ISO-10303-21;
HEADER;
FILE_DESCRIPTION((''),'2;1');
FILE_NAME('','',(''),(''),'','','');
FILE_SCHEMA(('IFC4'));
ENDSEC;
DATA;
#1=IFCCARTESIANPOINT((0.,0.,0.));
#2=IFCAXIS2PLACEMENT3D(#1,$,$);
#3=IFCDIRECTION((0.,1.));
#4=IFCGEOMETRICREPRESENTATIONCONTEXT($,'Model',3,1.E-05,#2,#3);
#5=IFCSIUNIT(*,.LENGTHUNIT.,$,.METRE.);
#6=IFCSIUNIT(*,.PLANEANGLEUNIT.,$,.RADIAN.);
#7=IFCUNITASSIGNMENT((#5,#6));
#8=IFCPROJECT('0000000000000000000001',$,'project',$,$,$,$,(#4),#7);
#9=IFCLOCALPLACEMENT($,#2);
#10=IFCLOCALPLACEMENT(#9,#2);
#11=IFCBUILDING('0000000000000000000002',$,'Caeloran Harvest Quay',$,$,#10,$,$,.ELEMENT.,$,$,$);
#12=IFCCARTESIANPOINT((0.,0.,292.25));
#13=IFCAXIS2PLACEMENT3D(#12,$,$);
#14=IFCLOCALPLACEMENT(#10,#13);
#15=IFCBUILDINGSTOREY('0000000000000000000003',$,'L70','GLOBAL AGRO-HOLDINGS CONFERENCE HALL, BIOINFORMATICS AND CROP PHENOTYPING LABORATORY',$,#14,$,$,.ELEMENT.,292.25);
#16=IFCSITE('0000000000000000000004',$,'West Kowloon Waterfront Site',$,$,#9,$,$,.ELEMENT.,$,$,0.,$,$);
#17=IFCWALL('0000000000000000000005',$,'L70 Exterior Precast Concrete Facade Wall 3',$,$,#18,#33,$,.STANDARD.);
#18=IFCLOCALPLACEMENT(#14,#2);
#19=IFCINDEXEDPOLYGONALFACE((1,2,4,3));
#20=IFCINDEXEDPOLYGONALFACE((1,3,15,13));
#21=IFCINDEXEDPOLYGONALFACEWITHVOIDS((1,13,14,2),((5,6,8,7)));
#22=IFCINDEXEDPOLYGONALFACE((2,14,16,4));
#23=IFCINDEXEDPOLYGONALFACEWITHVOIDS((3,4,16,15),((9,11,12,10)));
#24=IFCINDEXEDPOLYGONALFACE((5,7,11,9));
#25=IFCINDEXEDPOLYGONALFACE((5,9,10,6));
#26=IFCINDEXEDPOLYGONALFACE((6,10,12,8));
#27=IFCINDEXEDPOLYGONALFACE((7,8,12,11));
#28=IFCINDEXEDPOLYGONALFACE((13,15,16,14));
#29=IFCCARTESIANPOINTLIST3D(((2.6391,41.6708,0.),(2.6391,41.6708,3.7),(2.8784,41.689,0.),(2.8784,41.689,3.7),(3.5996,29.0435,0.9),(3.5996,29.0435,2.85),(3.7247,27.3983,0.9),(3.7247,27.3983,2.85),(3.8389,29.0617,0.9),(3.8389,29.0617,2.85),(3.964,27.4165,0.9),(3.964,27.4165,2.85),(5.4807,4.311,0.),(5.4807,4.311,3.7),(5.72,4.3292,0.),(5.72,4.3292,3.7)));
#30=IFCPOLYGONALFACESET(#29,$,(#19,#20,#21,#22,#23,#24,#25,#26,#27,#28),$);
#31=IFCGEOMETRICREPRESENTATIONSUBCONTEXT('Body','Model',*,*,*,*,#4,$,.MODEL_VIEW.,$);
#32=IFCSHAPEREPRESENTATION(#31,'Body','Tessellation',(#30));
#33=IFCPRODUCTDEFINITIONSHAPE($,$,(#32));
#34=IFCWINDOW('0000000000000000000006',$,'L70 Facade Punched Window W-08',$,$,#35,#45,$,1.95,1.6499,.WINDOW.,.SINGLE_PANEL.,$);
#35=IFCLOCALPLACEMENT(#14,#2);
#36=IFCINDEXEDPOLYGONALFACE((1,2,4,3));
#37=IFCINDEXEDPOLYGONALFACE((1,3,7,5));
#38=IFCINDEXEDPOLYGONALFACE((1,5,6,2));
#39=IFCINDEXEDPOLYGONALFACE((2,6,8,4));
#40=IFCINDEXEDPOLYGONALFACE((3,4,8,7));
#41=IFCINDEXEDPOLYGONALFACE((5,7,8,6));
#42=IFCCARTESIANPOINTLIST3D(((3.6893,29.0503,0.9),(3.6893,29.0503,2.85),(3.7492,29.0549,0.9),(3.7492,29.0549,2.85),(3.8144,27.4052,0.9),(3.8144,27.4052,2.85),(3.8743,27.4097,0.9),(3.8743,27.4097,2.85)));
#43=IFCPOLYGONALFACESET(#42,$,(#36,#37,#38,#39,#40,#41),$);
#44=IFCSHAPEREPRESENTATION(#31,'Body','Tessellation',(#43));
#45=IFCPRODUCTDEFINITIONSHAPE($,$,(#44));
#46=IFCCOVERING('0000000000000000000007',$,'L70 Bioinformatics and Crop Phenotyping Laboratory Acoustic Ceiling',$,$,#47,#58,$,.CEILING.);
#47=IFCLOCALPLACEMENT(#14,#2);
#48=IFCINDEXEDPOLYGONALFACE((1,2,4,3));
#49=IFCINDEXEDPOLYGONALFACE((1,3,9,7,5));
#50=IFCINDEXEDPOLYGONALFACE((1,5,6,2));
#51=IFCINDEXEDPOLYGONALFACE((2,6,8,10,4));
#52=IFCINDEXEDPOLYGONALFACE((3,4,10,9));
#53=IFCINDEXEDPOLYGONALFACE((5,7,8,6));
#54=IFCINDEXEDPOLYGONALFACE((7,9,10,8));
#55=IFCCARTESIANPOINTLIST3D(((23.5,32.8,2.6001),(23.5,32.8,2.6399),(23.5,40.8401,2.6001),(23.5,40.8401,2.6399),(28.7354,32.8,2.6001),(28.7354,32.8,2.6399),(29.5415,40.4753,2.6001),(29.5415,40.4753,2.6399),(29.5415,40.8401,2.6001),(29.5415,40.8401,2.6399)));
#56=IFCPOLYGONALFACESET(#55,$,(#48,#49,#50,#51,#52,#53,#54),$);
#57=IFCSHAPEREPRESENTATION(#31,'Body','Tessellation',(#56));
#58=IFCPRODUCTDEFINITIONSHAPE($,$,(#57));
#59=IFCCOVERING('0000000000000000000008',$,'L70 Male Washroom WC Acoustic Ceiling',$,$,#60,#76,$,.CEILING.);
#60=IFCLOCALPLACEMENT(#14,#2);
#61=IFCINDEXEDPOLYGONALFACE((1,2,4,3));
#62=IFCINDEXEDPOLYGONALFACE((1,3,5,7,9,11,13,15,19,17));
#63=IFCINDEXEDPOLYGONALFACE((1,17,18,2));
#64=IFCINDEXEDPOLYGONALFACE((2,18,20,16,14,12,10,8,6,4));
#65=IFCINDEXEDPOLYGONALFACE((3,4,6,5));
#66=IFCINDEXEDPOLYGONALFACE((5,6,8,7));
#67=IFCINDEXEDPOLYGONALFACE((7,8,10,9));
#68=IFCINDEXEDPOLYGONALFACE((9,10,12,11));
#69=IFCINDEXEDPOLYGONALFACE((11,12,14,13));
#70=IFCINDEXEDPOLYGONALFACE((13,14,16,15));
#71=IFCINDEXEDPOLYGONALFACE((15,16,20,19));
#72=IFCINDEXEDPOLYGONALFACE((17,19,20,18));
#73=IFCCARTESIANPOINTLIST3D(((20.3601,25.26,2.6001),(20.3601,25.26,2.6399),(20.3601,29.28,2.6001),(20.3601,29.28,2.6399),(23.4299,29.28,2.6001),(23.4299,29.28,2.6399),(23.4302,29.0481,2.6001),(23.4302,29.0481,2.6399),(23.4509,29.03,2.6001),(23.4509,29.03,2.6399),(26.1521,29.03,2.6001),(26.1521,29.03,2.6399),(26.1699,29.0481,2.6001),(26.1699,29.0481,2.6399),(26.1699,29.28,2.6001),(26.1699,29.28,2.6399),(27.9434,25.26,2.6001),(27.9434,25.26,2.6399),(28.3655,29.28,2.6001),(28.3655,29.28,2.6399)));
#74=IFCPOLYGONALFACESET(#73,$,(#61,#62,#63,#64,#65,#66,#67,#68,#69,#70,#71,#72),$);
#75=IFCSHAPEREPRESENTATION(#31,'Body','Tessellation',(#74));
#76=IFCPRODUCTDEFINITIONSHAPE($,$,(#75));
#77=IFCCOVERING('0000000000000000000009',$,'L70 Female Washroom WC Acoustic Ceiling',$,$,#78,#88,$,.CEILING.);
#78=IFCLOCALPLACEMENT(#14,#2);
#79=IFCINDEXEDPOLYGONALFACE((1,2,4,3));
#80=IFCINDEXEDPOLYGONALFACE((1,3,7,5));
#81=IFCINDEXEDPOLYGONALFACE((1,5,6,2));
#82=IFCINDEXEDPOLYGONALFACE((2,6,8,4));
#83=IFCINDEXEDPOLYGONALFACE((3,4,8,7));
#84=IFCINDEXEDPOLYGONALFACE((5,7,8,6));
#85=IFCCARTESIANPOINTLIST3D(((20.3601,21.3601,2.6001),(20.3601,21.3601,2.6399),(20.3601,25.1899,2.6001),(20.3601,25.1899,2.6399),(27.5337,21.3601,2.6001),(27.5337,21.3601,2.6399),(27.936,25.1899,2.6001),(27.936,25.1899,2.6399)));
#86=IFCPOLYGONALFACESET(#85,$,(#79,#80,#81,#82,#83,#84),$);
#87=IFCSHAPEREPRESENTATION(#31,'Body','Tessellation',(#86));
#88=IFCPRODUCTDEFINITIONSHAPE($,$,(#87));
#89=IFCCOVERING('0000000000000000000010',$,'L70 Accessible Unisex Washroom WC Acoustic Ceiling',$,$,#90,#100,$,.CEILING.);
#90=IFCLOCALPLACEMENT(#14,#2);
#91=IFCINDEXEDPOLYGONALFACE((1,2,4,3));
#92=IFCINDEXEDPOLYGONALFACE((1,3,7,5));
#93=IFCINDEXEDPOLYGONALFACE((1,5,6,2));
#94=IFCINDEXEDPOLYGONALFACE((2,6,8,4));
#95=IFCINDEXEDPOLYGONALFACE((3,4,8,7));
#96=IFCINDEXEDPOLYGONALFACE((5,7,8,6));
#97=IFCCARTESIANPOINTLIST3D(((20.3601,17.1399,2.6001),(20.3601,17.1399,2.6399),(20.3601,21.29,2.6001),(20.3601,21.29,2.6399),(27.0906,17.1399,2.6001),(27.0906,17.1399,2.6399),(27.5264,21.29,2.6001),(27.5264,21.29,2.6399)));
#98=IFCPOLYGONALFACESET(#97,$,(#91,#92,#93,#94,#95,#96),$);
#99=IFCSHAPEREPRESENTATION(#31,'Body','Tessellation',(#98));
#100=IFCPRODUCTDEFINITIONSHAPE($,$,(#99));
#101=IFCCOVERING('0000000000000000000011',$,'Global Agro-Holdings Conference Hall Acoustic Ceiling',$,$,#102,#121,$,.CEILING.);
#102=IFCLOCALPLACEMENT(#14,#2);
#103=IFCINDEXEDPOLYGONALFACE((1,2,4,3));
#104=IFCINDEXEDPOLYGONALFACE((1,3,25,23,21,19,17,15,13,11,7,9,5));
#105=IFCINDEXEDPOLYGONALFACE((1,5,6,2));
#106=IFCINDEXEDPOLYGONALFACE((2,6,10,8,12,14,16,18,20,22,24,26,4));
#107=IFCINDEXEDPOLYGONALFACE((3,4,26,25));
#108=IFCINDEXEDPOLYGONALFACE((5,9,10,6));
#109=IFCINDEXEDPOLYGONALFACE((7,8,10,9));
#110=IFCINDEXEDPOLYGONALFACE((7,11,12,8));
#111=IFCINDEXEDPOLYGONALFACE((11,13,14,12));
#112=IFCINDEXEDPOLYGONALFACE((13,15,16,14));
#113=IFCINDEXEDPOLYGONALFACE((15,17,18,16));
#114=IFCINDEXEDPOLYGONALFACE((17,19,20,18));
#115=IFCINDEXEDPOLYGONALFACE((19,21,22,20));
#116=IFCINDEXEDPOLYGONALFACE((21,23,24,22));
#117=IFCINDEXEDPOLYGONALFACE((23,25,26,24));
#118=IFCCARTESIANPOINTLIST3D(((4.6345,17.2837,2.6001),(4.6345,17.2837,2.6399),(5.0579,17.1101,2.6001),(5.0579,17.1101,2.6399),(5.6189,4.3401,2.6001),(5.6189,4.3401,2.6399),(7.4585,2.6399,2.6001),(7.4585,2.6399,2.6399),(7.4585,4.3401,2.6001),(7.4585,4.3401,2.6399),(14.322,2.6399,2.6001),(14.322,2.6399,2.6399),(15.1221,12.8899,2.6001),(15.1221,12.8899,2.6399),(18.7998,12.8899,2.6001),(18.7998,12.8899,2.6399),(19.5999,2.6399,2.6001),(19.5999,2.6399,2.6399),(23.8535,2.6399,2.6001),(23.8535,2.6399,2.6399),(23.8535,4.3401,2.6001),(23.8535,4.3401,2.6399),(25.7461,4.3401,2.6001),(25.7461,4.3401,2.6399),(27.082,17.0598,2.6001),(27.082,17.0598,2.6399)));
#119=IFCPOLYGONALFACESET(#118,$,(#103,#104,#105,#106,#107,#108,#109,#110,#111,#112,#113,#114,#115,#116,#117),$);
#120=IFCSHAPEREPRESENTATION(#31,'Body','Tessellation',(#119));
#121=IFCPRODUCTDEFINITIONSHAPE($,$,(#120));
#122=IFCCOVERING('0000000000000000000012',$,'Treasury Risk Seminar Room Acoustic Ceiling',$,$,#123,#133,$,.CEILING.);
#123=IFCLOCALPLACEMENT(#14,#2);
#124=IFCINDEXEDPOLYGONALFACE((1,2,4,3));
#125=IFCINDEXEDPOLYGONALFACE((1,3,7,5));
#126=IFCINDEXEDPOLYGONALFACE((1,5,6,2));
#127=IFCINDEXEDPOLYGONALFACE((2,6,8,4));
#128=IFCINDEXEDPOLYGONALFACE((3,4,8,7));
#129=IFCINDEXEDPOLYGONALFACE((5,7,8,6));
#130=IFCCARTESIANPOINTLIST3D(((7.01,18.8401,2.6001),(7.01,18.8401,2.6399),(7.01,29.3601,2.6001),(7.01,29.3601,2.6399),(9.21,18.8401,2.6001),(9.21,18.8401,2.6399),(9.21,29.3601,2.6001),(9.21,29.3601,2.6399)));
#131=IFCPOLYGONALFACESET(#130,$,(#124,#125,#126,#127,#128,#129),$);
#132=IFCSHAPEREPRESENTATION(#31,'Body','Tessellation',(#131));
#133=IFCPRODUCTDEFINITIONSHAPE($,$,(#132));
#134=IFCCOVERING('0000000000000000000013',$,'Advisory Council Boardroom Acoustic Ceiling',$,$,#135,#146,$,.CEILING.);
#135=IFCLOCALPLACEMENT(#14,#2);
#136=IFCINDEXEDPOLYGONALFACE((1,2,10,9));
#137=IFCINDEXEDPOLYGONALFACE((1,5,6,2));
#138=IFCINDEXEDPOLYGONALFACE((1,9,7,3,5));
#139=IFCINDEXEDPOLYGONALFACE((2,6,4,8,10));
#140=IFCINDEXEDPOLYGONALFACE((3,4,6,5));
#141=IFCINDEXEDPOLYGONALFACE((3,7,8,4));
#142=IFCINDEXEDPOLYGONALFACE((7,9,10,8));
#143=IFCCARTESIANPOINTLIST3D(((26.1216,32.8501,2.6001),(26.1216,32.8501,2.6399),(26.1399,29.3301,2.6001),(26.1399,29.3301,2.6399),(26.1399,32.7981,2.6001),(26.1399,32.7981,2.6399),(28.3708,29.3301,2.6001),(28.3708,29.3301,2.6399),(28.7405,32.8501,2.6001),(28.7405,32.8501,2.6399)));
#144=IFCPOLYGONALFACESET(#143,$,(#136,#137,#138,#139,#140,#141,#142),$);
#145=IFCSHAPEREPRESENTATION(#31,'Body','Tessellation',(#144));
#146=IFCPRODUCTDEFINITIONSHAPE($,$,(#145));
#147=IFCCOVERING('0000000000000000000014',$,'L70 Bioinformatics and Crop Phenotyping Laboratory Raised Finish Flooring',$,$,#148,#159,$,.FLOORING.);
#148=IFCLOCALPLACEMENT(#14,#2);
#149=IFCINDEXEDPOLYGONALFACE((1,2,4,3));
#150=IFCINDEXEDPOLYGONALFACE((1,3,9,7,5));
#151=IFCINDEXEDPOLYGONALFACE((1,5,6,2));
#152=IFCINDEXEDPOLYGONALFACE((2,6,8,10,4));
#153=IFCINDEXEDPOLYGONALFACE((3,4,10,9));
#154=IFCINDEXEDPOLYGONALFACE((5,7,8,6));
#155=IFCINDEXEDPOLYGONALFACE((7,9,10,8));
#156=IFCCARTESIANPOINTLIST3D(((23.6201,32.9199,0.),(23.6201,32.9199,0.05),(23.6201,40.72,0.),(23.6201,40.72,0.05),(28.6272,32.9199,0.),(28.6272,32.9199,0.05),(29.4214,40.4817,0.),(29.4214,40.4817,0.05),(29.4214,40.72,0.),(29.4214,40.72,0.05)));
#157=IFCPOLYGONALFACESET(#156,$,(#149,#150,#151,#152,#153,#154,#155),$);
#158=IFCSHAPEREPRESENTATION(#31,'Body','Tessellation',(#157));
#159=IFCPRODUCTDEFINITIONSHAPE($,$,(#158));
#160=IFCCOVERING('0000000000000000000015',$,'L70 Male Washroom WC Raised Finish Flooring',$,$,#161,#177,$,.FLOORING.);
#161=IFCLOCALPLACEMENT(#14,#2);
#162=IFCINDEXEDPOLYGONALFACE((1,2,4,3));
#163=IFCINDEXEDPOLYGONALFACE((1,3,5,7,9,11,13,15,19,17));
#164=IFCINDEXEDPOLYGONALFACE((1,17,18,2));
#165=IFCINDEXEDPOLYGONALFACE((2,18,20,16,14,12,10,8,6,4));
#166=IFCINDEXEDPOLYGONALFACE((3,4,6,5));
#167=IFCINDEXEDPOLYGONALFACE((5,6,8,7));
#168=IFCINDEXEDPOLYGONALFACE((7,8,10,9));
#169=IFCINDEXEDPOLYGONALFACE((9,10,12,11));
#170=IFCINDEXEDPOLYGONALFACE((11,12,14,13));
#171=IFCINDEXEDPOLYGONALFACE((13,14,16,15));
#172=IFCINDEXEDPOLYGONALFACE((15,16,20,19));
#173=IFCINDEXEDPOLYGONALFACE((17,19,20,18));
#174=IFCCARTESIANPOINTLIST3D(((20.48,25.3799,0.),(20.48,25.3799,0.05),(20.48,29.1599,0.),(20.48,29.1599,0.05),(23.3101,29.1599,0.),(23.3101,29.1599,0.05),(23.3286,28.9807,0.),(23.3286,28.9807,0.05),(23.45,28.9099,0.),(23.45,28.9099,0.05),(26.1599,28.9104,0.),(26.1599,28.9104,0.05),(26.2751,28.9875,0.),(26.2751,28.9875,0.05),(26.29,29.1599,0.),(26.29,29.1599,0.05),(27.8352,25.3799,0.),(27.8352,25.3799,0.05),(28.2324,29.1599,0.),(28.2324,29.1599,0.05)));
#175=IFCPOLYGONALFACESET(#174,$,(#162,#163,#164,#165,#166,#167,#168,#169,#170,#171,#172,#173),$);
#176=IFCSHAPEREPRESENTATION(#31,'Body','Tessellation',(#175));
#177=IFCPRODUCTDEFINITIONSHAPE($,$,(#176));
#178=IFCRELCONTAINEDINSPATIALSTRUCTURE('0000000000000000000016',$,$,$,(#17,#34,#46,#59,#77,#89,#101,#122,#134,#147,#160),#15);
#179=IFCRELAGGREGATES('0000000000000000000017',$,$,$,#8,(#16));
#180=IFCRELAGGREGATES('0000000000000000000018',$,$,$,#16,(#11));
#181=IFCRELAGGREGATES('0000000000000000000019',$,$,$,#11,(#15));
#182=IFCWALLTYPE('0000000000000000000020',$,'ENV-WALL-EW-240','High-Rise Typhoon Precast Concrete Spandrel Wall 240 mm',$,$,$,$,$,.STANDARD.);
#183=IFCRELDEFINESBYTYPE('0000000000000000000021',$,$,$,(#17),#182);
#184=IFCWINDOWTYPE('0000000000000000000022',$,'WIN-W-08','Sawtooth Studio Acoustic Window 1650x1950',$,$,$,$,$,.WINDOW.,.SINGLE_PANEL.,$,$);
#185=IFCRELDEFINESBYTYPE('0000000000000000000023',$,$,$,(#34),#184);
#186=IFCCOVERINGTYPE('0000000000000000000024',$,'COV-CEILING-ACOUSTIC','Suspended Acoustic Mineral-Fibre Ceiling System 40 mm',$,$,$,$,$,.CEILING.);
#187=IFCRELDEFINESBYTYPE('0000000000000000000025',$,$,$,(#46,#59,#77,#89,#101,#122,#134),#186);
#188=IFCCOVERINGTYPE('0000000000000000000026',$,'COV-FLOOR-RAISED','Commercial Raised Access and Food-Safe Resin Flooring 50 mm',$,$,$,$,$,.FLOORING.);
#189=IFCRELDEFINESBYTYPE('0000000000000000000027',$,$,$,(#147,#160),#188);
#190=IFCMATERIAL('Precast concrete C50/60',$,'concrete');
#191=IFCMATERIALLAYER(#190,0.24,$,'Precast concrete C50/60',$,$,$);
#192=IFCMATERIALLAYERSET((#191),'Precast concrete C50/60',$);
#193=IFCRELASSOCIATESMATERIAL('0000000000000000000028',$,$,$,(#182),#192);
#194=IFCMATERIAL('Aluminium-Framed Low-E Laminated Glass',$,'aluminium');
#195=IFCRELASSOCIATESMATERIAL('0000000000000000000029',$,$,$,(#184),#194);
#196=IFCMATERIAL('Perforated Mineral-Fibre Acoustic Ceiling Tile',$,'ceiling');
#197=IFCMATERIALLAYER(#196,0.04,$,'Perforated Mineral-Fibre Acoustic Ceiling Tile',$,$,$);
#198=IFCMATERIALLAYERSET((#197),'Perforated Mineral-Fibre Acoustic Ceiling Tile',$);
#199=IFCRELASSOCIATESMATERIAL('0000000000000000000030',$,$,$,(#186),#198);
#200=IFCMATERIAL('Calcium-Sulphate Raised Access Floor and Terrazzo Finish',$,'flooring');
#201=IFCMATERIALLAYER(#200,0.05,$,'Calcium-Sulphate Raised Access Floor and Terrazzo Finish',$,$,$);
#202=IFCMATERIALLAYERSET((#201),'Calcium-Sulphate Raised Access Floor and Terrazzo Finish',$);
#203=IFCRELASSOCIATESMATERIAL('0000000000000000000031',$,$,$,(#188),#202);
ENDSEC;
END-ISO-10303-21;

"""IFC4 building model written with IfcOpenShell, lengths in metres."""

from ifc_helpers import new_model, si_unit, direction, frame, frame_2d, origin, place, context, subcontext, project, spatial, polyline, rectangle, outline, extrude, material, layer, layer_set, type_object, element, fill, save


model = new_model("IFC4")

# Units and contexts
model_context = context("Model", 3, precision=1e-05, world=origin(), true_north=direction((0.0, 1.0)))
body_context = subcontext(model_context, "Body", "Model", "MODEL_VIEW")
ifc_project = project(units=[si_unit("LENGTHUNIT", "METRE"), si_unit("PLANEANGLEUNIT", "RADIAN")], contexts=[model_context])

# Site, building, storey
site_placement = place(None, origin())
site = spatial("IfcSite", under=ifc_project, at=site_placement, Name="West Kowloon Waterfront Site", CompositionType="ELEMENT", RefElevation=0.0)
building_placement = place(site_placement, origin())
building = spatial("IfcBuilding", under=site, at=building_placement, Name="Caeloran Harvest Quay", CompositionType="ELEMENT")
storey_placement = place(building_placement, frame((0.0, 0.0, 292.25)))
storey = spatial("IfcBuildingStorey", under=building, at=storey_placement, Name="L70", Description="GLOBAL AGRO-HOLDINGS CONFERENCE HALL, BIOINFORMATICS AND CROP PHENOTYPING LABORATORY", CompositionType="ELEMENT", Elevation=292.25)

# Shared definitions
ifc_material_1 = material(Name="Precast concrete C50/60", Category="concrete")
ifc_layer_1 = layer(ifc_material_1, 0.24, Name="Precast concrete C50/60")
ifc_layer_set_1 = layer_set([ifc_layer_1], Name="Precast concrete C50/60")
wall_type = type_object("IfcWallType", Name="ENV-WALL-EW-240", Description="High-Rise Typhoon Precast Concrete Spandrel Wall 240 mm", PredefinedType="STANDARD", material=ifc_layer_set_1)

# Wall, opening, window
wall_1_placement = place(storey_placement, frame((5.6003, 4.3201, 0.0), z_axis=(0.0, 0.0, 1.0), x_axis=(-0.07584, 0.99712, 0.0)))
wall_1 = element("IfcWall", 1, at=wall_1_placement, inside=storey, type_object=wall_type, Name="L70 Exterior Precast Concrete Facade Wall 3", PredefinedType="STANDARD", context=body_context, shape_type="SweptSolid", body=[
    extrude(rectangle(XDim=37.4678, YDim=0.24, at=frame_2d((18.7339, 0.0))), origin(), (0.0, 0.0, 1.0), 3.7),
])
opening_placement = place(wall_1_placement, frame((23.1541, 0.0, 0.8999)))
opening = element("IfcOpeningElement", 2, at=opening_placement, cuts=wall_1, PredefinedType="OPENING", context=body_context, shape_type="SweptSolid", body=[
    extrude(rectangle(XDim=1.6499, YDim=1.95, at=frame_2d((0.825, 0.9751))), frame((0.0, 0.1299, 0.0), z_axis=(0.0, -1.0, 0.0), x_axis=(1.0, 0.0, 0.0)), (0.0, 0.0, 1.0), 0.26),
])
ifc_material_2 = material(Name="Aluminium-Framed Low-E Laminated Glass", Category="aluminium")
window_type = type_object("IfcWindowType", Name="WIN-W-08", Description="Sawtooth Studio Acoustic Window 1650x1950", PartitioningType="SINGLE_PANEL", PredefinedType="WINDOW", material=ifc_material_2)
window_placement = place(opening_placement, origin())
window = element("IfcWindow", 3, at=window_placement, inside=storey, type_object=window_type, Name="L70 Facade Punched Window W-08", OverallHeight=1.95, OverallWidth=1.6499, PartitioningType="SINGLE_PANEL", PredefinedType="WINDOW", context=body_context, shape_type="SweptSolid", body=[
    extrude(rectangle(XDim=1.6499, YDim=1.95, at=frame_2d((0.825, 0.9751))), frame((0.0, 0.03, 0.0), z_axis=(0.0, -1.0, 0.0), x_axis=(1.0, 0.0, 0.0)), (0.0, 0.0, 1.0), 0.0601),
])
fill(opening, window)

# Coverings
ifc_material_3 = material(Name="Perforated Mineral-Fibre Acoustic Ceiling Tile", Category="ceiling")
ifc_layer_2 = layer(ifc_material_3, 0.04, Name="Perforated Mineral-Fibre Acoustic Ceiling Tile")
ifc_layer_set_2 = layer_set([ifc_layer_2], Name="Perforated Mineral-Fibre Acoustic Ceiling Tile")
covering_type_1 = type_object("IfcCoveringType", Name="COV-CEILING-ACOUSTIC", Description="Suspended Acoustic Mineral-Fibre Ceiling System 40 mm", PredefinedType="CEILING", material=ifc_layer_set_2)
covering_1_placement = place(storey_placement, frame((0.0, 0.0, 2.6001)))
element("IfcCovering", 4, at=covering_1_placement, inside=storey, type_object=covering_type_1, Name="L70 Bioinformatics and Crop Phenotyping Laboratory Acoustic Ceiling", PredefinedType="CEILING", context=body_context, shape_type="SweptSolid", body=[
    extrude(outline(polyline([(29.5415, 40.4753), (28.7354, 32.8), (23.5, 32.8), (23.5, 40.8401), (29.5415, 40.8401), (29.5415, 40.4753)])), origin(), (0.0, 0.0, 1.0), 0.0398),
])
covering_2_placement = place(storey_placement, frame((0.0, 0.0, 2.6001)))
element("IfcCovering", 5, at=covering_2_placement, inside=storey, type_object=covering_type_1, Name="L70 Male Washroom WC Acoustic Ceiling", PredefinedType="CEILING", context=body_context, shape_type="SweptSolid", body=[
    extrude(outline(polyline([(23.4299, 29.28), (23.4302, 29.0481), (23.4509, 29.03), (26.1521, 29.03), (26.1699, 29.0481), (26.1699, 29.28), (28.3655, 29.28), (27.9434, 25.26), (20.3601, 25.26), (20.3601, 29.28), (23.4299, 29.28)])), origin(), (0.0, 0.0, 1.0), 0.0398),
])
covering_3_placement = place(storey_placement, frame((0.0, 0.0, 2.6001)))
element("IfcCovering", 6, at=covering_3_placement, inside=storey, type_object=covering_type_1, Name="L70 Female Washroom WC Acoustic Ceiling", PredefinedType="CEILING", context=body_context, shape_type="SweptSolid", body=[
    extrude(outline(polyline([(27.936, 25.1899), (27.5337, 21.3601), (20.3601, 21.3601), (20.3601, 25.1899), (27.936, 25.1899)])), origin(), (0.0, 0.0, 1.0), 0.0398),
])
covering_4_placement = place(storey_placement, frame((0.0, 0.0, 2.6001)))
element("IfcCovering", 7, at=covering_4_placement, inside=storey, type_object=covering_type_1, Name="L70 Accessible Unisex Washroom WC Acoustic Ceiling", PredefinedType="CEILING", context=body_context, shape_type="SweptSolid", body=[
    extrude(outline(polyline([(27.5264, 21.29), (27.0906, 17.1399), (20.3601, 17.1399), (20.3601, 21.29), (27.5264, 21.29)])), origin(), (0.0, 0.0, 1.0), 0.0398),
])
covering_5_placement = place(storey_placement, frame((0.0, 0.0, 2.6001)))
element("IfcCovering", 8, at=covering_5_placement, inside=storey, type_object=covering_type_1, Name="Global Agro-Holdings Conference Hall Acoustic Ceiling", PredefinedType="CEILING", context=body_context, shape_type="SweptSolid", body=[
    extrude(outline(polyline([(25.7461, 4.3401), (23.8535, 4.3401), (23.8535, 2.6399), (19.5999, 2.6399), (18.7998, 12.8899), (15.1221, 12.8899), (14.322, 2.6399), (7.4585, 2.6399), (7.4585, 4.3401), (5.6189, 4.3401), (4.6345, 17.2837), (5.0579, 17.1101), (27.082, 17.0598), (25.7461, 4.3401)])), origin(), (0.0, 0.0, 1.0), 0.0398),
])
covering_6_placement = place(storey_placement, frame((0.0, 0.0, 2.6001)))
element("IfcCovering", 9, at=covering_6_placement, inside=storey, type_object=covering_type_1, Name="Treasury Risk Seminar Room Acoustic Ceiling", PredefinedType="CEILING", context=body_context, shape_type="SweptSolid", body=[
    extrude(outline(polyline([(7.01, 18.8401), (7.01, 29.3601), (9.21, 29.3601), (9.21, 18.8401), (7.01, 18.8401)])), origin(), (0.0, 0.0, 1.0), 0.0398),
])
covering_7_placement = place(storey_placement, frame((0.0, 0.0, 2.6001)))
element("IfcCovering", 10, at=covering_7_placement, inside=storey, type_object=covering_type_1, Name="Advisory Council Boardroom Acoustic Ceiling", PredefinedType="CEILING", context=body_context, shape_type="SweptSolid", body=[
    extrude(outline(polyline([(26.1399, 32.7981), (26.1216, 32.8501), (28.7405, 32.8501), (28.3708, 29.3301), (26.1399, 29.3301), (26.1399, 32.7981)])), origin(), (0.0, 0.0, 1.0), 0.0398),
])
ifc_material_4 = material(Name="Calcium-Sulphate Raised Access Floor and Terrazzo Finish", Category="flooring")
ifc_layer_3 = layer(ifc_material_4, 0.05, Name="Calcium-Sulphate Raised Access Floor and Terrazzo Finish")
ifc_layer_set_3 = layer_set([ifc_layer_3], Name="Calcium-Sulphate Raised Access Floor and Terrazzo Finish")
covering_type_2 = type_object("IfcCoveringType", Name="COV-FLOOR-RAISED", Description="Commercial Raised Access and Food-Safe Resin Flooring 50 mm", PredefinedType="FLOORING", material=ifc_layer_set_3)
covering_8_placement = place(storey_placement, origin())
element("IfcCovering", 11, at=covering_8_placement, inside=storey, type_object=covering_type_2, Name="L70 Bioinformatics and Crop Phenotyping Laboratory Raised Finish Flooring", PredefinedType="FLOORING", context=body_context, shape_type="SweptSolid", body=[
    extrude(outline(polyline([(29.4214, 40.4817), (28.6272, 32.9199), (23.6201, 32.9199), (23.6201, 40.72), (29.4214, 40.72), (29.4214, 40.4817)])), origin(), (0.0, 0.0, 1.0), 0.05),
])
covering_9_placement = place(storey_placement, origin())
element("IfcCovering", 12, at=covering_9_placement, inside=storey, type_object=covering_type_2, Name="L70 Male Washroom WC Raised Finish Flooring", PredefinedType="FLOORING", context=body_context, shape_type="SweptSolid", body=[
    extrude(outline(polyline([(23.3101, 29.1599), (23.3286, 28.9807), (23.45, 28.9099), (26.1599, 28.9104), (26.2751, 28.9875), (26.29, 29.1599), (28.2324, 29.1599), (27.8352, 25.3799), (20.48, 25.3799), (20.48, 29.1599), (23.3101, 29.1599)])), origin(), (0.0, 0.0, 1.0), 0.05),
])

save(model, "model.ifc")
